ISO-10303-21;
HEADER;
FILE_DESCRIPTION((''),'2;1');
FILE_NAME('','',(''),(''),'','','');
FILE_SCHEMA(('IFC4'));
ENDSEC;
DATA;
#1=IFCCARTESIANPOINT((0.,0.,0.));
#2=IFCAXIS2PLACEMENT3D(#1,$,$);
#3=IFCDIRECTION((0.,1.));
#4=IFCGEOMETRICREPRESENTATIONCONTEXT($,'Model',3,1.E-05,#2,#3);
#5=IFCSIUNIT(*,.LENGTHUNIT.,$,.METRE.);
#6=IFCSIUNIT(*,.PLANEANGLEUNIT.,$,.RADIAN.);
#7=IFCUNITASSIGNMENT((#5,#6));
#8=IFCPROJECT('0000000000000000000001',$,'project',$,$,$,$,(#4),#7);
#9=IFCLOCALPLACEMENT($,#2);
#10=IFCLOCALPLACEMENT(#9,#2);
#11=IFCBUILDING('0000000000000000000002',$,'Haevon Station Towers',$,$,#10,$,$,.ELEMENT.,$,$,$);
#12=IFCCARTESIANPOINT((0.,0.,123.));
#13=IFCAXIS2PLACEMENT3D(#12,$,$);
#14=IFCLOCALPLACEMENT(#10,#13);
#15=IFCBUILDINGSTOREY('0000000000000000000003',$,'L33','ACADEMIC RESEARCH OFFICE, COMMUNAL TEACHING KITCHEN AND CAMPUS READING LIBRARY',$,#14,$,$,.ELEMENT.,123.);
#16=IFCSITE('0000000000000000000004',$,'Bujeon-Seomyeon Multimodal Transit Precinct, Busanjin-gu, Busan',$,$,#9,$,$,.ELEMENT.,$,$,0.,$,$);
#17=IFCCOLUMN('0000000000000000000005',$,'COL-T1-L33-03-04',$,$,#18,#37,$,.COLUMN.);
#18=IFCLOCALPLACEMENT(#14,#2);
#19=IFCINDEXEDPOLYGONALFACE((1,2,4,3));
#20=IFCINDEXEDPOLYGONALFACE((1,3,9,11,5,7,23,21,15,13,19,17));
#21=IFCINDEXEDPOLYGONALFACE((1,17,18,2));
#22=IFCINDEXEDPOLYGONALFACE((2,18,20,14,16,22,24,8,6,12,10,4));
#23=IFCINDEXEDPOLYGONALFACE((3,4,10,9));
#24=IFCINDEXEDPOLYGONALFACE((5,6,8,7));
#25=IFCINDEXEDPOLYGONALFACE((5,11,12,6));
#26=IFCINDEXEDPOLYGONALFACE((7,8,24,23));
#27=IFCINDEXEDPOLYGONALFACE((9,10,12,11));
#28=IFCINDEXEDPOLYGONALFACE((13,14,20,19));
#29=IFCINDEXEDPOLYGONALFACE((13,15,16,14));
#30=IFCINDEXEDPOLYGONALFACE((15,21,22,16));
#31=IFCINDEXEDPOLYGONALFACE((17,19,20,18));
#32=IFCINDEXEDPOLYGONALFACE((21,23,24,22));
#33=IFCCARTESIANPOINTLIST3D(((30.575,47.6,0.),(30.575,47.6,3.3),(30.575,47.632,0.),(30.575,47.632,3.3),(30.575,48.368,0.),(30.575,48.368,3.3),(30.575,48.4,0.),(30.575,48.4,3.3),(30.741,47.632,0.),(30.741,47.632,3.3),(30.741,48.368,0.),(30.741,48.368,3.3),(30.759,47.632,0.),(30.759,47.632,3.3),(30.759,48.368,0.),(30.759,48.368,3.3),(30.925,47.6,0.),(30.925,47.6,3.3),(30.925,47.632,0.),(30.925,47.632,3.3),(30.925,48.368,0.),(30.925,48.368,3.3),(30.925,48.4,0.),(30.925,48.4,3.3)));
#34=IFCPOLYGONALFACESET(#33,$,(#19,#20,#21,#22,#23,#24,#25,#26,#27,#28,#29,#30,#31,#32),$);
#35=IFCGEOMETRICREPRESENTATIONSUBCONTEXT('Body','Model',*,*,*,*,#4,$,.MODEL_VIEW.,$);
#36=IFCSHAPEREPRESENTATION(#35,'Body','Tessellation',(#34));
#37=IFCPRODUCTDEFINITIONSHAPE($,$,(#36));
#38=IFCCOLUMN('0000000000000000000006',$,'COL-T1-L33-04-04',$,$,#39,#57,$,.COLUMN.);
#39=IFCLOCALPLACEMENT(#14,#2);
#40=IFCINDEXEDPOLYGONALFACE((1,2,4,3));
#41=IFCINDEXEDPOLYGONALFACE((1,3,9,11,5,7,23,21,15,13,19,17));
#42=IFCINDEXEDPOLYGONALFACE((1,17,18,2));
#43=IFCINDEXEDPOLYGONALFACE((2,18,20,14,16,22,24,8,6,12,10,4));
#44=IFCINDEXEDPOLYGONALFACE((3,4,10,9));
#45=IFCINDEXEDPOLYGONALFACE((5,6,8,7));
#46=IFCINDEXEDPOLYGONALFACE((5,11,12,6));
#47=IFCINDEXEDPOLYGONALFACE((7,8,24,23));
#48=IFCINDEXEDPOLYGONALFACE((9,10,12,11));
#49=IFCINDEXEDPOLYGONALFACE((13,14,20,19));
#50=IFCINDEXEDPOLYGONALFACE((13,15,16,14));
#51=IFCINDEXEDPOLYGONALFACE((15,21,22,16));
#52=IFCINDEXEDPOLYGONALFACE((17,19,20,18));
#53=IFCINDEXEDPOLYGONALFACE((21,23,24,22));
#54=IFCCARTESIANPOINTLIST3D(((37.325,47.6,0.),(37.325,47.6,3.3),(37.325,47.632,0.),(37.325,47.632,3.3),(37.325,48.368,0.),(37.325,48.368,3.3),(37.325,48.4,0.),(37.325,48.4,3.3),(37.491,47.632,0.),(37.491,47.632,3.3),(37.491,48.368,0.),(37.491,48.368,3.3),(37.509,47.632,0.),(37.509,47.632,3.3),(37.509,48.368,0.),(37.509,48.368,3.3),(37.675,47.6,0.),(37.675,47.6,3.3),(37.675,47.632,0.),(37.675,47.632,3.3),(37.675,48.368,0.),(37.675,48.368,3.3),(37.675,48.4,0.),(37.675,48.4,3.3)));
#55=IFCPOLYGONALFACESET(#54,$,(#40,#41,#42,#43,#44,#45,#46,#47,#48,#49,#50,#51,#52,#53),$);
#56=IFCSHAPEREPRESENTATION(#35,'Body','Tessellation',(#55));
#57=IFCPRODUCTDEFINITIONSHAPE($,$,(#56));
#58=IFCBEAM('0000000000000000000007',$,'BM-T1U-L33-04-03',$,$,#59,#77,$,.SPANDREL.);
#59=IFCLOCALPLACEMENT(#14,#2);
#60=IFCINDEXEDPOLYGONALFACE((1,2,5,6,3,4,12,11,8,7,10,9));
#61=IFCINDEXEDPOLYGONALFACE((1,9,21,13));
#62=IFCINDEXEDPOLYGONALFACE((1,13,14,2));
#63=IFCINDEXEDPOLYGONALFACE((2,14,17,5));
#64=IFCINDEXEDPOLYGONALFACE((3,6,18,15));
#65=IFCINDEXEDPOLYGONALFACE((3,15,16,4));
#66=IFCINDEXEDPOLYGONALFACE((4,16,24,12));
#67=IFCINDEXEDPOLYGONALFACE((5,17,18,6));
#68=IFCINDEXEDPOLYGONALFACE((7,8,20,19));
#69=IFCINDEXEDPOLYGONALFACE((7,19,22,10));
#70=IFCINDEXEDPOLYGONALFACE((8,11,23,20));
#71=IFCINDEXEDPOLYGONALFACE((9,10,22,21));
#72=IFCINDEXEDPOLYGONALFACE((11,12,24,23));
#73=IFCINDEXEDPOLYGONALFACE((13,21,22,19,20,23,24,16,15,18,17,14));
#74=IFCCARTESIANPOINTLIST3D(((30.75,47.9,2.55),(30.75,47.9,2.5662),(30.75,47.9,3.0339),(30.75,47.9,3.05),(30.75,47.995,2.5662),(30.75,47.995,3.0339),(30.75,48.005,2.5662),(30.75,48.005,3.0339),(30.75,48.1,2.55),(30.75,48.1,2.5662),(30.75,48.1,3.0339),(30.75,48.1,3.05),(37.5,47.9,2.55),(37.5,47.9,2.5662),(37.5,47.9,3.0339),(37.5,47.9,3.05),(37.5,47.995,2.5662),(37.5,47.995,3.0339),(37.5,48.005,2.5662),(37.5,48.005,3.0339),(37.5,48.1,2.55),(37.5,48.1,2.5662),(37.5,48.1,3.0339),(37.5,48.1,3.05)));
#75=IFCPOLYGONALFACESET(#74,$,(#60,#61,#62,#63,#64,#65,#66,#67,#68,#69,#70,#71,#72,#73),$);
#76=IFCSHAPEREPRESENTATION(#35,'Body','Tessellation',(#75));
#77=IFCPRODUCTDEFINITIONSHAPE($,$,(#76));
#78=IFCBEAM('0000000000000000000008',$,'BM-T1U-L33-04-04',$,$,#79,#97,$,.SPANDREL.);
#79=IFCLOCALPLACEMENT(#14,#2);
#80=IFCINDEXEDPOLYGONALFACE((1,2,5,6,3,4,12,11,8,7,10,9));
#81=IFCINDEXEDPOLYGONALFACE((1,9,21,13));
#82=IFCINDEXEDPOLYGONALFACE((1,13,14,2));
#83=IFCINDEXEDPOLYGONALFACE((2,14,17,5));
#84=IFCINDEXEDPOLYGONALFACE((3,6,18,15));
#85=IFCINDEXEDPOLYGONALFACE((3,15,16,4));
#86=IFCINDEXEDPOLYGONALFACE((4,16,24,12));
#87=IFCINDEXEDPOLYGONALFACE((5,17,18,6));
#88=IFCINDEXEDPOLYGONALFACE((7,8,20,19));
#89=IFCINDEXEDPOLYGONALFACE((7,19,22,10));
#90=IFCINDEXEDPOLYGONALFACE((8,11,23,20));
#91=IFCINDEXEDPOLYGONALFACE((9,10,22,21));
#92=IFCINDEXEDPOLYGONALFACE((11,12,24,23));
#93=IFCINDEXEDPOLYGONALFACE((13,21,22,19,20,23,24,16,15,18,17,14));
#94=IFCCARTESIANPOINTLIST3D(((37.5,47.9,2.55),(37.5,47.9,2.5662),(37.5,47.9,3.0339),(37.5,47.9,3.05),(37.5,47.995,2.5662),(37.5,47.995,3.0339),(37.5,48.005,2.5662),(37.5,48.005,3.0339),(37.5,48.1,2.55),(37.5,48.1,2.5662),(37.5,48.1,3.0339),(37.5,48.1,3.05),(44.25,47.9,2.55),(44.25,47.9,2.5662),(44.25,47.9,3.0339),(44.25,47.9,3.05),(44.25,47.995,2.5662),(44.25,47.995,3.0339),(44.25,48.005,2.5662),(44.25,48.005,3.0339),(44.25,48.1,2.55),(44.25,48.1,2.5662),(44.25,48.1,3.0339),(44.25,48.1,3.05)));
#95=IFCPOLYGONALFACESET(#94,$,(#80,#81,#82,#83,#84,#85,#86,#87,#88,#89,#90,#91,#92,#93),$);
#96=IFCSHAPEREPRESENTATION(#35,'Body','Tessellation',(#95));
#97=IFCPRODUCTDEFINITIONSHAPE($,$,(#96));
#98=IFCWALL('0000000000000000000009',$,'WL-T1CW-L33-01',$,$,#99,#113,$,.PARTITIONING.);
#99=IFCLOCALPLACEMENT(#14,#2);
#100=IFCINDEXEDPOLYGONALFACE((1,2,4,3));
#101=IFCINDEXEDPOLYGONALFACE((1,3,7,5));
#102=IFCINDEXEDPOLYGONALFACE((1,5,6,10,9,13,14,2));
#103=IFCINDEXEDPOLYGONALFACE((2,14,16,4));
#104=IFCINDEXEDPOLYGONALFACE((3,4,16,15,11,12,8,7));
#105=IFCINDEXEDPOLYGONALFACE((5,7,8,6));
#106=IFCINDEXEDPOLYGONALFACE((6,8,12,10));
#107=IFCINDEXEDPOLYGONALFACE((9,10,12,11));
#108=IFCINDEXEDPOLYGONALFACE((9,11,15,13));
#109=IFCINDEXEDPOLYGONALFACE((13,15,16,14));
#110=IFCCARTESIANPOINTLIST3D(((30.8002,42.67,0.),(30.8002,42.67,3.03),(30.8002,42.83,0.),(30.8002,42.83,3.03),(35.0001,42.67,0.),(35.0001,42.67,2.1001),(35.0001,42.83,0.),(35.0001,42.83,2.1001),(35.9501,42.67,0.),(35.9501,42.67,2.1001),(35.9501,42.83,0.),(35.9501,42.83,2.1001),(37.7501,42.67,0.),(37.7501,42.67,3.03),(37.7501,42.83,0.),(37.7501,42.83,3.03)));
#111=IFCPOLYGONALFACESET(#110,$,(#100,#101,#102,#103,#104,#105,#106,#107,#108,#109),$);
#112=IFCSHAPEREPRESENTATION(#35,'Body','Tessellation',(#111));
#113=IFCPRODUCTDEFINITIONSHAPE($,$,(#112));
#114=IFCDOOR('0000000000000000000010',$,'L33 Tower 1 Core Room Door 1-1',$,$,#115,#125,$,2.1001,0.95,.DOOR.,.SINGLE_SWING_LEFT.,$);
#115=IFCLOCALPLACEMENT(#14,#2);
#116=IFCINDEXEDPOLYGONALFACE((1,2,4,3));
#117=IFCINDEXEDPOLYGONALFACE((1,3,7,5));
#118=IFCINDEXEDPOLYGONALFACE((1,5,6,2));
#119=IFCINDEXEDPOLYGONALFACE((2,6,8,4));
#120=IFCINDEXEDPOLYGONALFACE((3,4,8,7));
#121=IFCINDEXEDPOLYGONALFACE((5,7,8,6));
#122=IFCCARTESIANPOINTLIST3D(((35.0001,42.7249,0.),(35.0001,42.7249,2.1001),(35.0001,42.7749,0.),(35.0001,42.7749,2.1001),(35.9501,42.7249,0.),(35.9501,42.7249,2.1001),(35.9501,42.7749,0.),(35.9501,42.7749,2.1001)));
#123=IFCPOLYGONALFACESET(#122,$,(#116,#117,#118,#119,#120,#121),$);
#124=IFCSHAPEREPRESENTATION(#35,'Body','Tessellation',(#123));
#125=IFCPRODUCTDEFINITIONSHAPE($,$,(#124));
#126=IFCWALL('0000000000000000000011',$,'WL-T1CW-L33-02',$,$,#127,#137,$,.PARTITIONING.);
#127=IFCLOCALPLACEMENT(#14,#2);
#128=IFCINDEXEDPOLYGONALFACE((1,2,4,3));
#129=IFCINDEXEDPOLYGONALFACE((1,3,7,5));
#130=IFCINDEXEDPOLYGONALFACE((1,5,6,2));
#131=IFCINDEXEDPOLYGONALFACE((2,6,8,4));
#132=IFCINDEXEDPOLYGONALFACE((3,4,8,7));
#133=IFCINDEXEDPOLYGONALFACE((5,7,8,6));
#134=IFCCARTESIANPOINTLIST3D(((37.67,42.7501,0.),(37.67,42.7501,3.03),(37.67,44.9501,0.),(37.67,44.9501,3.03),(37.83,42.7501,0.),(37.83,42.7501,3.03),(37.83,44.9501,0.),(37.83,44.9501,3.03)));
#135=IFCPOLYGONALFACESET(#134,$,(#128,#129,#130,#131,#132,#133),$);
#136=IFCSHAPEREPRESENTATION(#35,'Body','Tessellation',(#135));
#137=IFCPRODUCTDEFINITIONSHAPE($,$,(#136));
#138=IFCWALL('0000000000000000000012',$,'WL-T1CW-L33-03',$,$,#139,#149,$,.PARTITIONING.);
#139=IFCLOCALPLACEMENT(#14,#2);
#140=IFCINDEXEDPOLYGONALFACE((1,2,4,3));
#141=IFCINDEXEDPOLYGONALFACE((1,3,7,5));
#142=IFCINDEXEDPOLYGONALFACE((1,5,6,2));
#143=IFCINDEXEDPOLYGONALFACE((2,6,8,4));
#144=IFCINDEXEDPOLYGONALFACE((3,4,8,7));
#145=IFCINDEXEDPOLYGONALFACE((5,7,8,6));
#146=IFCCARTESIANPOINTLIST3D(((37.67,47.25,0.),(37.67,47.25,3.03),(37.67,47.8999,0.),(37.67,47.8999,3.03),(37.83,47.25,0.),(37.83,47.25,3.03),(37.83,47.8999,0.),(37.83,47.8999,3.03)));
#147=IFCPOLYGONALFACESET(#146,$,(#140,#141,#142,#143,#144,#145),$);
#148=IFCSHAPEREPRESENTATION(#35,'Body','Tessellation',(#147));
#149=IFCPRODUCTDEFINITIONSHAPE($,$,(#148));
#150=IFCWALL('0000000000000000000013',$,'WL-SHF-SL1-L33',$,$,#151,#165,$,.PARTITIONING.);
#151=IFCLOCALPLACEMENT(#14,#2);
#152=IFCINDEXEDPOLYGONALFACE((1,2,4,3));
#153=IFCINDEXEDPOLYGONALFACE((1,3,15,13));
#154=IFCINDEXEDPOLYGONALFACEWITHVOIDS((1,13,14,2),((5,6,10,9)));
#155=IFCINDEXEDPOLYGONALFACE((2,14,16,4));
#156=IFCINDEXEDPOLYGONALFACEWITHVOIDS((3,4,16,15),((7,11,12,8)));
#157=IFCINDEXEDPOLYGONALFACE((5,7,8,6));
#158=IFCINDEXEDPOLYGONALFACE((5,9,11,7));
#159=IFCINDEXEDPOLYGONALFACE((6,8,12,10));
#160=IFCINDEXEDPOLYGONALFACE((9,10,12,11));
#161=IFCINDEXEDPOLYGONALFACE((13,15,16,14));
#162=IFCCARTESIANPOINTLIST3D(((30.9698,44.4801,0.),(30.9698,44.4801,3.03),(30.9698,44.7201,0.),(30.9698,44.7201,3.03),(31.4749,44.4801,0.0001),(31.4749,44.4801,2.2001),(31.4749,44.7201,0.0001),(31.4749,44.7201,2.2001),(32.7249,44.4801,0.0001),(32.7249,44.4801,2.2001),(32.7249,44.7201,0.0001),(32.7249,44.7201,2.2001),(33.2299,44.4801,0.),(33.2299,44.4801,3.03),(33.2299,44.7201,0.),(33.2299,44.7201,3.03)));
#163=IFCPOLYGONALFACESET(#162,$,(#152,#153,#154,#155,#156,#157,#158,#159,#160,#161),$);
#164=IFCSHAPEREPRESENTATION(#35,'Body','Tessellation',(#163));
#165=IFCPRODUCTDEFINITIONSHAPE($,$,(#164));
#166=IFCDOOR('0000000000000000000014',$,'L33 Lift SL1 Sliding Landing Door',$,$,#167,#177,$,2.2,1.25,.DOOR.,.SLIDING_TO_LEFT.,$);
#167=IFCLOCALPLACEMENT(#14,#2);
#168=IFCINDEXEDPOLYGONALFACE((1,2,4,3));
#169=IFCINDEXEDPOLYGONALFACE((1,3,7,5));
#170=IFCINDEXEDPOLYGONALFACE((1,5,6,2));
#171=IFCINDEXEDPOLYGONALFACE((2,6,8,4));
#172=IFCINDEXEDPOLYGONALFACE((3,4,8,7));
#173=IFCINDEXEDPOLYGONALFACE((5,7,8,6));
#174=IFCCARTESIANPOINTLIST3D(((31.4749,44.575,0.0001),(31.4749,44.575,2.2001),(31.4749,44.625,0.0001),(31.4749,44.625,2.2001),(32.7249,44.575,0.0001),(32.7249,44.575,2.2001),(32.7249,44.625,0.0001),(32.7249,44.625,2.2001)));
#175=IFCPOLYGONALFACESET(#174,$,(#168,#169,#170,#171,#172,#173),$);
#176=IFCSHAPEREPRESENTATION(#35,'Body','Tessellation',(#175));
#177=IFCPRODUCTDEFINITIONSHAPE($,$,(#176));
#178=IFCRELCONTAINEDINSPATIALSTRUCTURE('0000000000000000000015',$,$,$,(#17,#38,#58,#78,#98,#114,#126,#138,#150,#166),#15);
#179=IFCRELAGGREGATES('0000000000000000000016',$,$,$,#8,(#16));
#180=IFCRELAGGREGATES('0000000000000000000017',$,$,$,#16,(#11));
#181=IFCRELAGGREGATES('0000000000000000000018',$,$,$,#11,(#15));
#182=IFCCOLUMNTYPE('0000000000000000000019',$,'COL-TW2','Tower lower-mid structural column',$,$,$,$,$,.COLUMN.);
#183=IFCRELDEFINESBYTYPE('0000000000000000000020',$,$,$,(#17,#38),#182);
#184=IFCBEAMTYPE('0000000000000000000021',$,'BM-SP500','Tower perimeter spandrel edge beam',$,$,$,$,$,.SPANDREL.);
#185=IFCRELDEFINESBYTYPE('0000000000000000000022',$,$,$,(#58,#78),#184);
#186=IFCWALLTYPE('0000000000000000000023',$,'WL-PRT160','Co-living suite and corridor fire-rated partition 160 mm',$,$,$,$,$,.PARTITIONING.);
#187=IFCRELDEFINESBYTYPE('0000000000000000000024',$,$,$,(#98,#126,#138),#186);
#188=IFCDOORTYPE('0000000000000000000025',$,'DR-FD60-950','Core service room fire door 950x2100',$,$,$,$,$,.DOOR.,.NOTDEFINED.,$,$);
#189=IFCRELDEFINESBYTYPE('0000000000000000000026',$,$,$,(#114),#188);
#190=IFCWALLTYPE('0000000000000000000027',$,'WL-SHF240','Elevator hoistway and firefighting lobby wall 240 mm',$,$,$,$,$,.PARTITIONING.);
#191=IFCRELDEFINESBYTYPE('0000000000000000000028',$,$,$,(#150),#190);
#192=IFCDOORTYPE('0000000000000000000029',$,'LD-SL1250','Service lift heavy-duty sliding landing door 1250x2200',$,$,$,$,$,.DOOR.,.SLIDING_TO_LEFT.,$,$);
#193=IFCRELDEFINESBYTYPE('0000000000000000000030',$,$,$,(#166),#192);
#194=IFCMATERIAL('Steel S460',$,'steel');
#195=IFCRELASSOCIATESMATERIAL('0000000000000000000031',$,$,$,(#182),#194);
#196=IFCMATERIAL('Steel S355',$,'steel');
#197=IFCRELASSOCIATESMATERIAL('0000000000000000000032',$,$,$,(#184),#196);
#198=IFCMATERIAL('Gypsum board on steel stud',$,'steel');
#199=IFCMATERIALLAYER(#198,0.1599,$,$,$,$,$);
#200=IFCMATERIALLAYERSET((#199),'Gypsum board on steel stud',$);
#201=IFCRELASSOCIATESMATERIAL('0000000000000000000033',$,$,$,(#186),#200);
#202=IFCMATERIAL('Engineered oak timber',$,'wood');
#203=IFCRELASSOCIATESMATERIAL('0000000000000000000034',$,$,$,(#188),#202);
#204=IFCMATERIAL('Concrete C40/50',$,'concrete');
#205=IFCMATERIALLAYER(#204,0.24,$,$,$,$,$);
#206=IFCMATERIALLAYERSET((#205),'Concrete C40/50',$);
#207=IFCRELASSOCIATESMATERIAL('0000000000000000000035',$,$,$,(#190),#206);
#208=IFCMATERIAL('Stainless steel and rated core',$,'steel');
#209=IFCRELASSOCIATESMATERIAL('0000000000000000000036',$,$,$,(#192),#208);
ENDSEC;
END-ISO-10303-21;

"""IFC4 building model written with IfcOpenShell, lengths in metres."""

from ifc_helpers import new_model, si_unit, direction, frame, frame_2d, origin, origin_2d, place, context, subcontext, project, spatial, rectangle, i_section, extrude, material, layer, layer_set, material_profile, profile_set, type_object, element, fill, save


model = new_model("IFC4")

# Units and contexts
model_context = context("Model", 3, precision=1e-05, world=origin(), true_north=direction((0.0, 1.0)))
body_context = subcontext(model_context, "Body", "Model", "MODEL_VIEW")
ifc_project = project(units=[si_unit("LENGTHUNIT", "METRE"), si_unit("PLANEANGLEUNIT", "RADIAN")], contexts=[model_context])

# Site, building, storey
site_placement = place(None, origin())
site = spatial("IfcSite", under=ifc_project, at=site_placement, Name="Bujeon-Seomyeon Multimodal Transit Precinct, Busanjin-gu, Busan", CompositionType="ELEMENT", RefElevation=0.0)
building_placement = place(site_placement, origin())
building = spatial("IfcBuilding", under=site, at=building_placement, Name="Haevon Station Towers", CompositionType="ELEMENT")
storey_placement = place(building_placement, frame((0.0, 0.0, 123.0)))
storey = spatial("IfcBuildingStorey", under=building, at=storey_placement, Name="L33", Description="ACADEMIC RESEARCH OFFICE, COMMUNAL TEACHING KITCHEN AND CAMPUS READING LIBRARY", CompositionType="ELEMENT", Elevation=123.0)

# Columns
ifc_material_1 = material(Name="Steel S460", Category="steel")
ifc_material_profile_1 = material_profile(ifc_material_1, i_section(OverallWidth=0.3501, OverallDepth=0.8, WebThickness=0.0181, FlangeThickness=0.032, at=origin_2d()), Name="H-800x350x18x32")
ifc_profile_set_1 = profile_set([ifc_material_profile_1], Name="Steel S460")
column_type = type_object("IfcColumnType", Name="COL-TW2", Description="Tower lower-mid structural column", PredefinedType="COLUMN", material=ifc_profile_set_1)
for number, where, z_axis, x_axis, name in (
    (1, (30.75, 48.0, 0.0), (0.0, 0.0, 1.0), (1.0, 0.0, 0.0), "COL-T1-L33-03-04"),
    (2, (37.5, 48.0, 0.0), (0.0, 0.0, 1.0), (1.0, 0.0, 0.0), "COL-T1-L33-04-04"),
):
    element("IfcColumn", number, at=place(storey_placement, frame(where, z_axis=z_axis, x_axis=x_axis)), inside=storey, type_object=column_type, Name=name, PredefinedType="COLUMN", context=body_context, shape_type="SweptSolid", body=[
        extrude(i_section(OverallWidth=0.3501, OverallDepth=0.8, WebThickness=0.0181, FlangeThickness=0.032, at=origin_2d()), origin(), (0.0, 0.0, 1.0), 3.3),
    ])

# Beams
ifc_material_2 = material(Name="Steel S355", Category="steel")
ifc_material_profile_2 = material_profile(ifc_material_2, i_section(OverallWidth=0.2, OverallDepth=0.5, WebThickness=0.01, FlangeThickness=0.0161, at=origin_2d()), Name="H-500x200x10x16")
ifc_profile_set_2 = profile_set([ifc_material_profile_2], Name="Steel S355")
beam_type = type_object("IfcBeamType", Name="BM-SP500", Description="Tower perimeter spandrel edge beam", PredefinedType="SPANDREL", material=ifc_profile_set_2)
for number, where, z_axis, x_axis, name in (
    (3, (30.75, 48.0, 2.8), (1.0, 0.0, 0.0), (0.0, 1.0, 0.0), "BM-T1U-L33-04-03"),
    (4, (37.5, 48.0, 2.8), (1.0, 0.0, 0.0), (0.0, 1.0, 0.0), "BM-T1U-L33-04-04"),
):
    element("IfcBeam", number, at=place(storey_placement, frame(where, z_axis=z_axis, x_axis=x_axis)), inside=storey, type_object=beam_type, Name=name, PredefinedType="SPANDREL", context=body_context, shape_type="SweptSolid", body=[
        extrude(i_section(OverallWidth=0.2, OverallDepth=0.5, WebThickness=0.01, FlangeThickness=0.0161, at=origin_2d()), origin(), (0.0, 0.0, 1.0), 6.75),
    ])

# Wall, opening, door
ifc_material_3 = material(Name="Gypsum board on steel stud", Category="steel")
ifc_layer_1 = layer(ifc_material_3, 0.1599)
ifc_layer_set_1 = layer_set([ifc_layer_1], Name="Gypsum board on steel stud")
wall_type_1 = type_object("IfcWallType", Name="WL-PRT160", Description="Co-living suite and corridor fire-rated partition 160 mm", PredefinedType="PARTITIONING", material=ifc_layer_set_1)
wall_1_placement = place(storey_placement, frame((30.8, 42.75, 0.0), z_axis=(0.0, 0.0, 1.0), x_axis=(1.0, 0.0, 0.0)))
wall_1 = element("IfcWall", 5, at=wall_1_placement, inside=storey, type_object=wall_type_1, Name="WL-T1CW-L33-01", PredefinedType="PARTITIONING", context=body_context, shape_type="SweptSolid", body=[
    extrude(rectangle(XDim=6.95, YDim=0.1599, at=frame_2d((3.4751, 0.0))), origin(), (0.0, 0.0, 1.0), 3.03),
])
opening_1_placement = place(wall_1_placement, frame((4.2, 0.0, 0.0)))
opening_1 = element("IfcOpeningElement", 6, at=opening_1_placement, cuts=wall_1, PredefinedType="OPENING", context=body_context, shape_type="SweptSolid", body=[
    extrude(rectangle(XDim=0.95, YDim=2.1001, at=frame_2d((0.4751, 1.05))), frame((0.0, 0.0898, 0.0), z_axis=(0.0, -1.0, 0.0), x_axis=(1.0, 0.0, 0.0)), (0.0, 0.0, 1.0), 0.1799),
])
ifc_material_4 = material(Name="Engineered oak timber", Category="wood")
door_type_1 = type_object("IfcDoorType", Name="DR-FD60-950", Description="Core service room fire door 950x2100", OperationType="NOTDEFINED", PredefinedType="DOOR", material=ifc_material_4)
door_1_placement = place(opening_1_placement, origin())
door_1 = element("IfcDoor", 7, at=door_1_placement, inside=storey, type_object=door_type_1, Name="L33 Tower 1 Core Room Door 1-1", OperationType="SINGLE_SWING_LEFT", OverallHeight=2.1001, OverallWidth=0.95, PredefinedType="DOOR", context=body_context, shape_type="SweptSolid", body=[
    extrude(rectangle(XDim=0.95, YDim=2.1001, at=frame_2d((0.4751, 1.05))), frame((0.0, 0.0249, 0.0), z_axis=(0.0, -1.0, 0.0), x_axis=(1.0, 0.0, 0.0)), (0.0, 0.0, 1.0), 0.05),
])
fill(opening_1, door_1)

# Walls
wall_2_placement = place(storey_placement, frame((37.75, 42.75, 0.0), z_axis=(0.0, 0.0, 1.0), x_axis=(0.0, 1.0, 0.0)))
element("IfcWall", 8, at=wall_2_placement, inside=storey, type_object=wall_type_1, Name="WL-T1CW-L33-02", PredefinedType="PARTITIONING", context=body_context, shape_type="SweptSolid", body=[
    extrude(rectangle(XDim=2.2, YDim=0.1599, at=frame_2d((1.1001, 0.0))), origin(), (0.0, 0.0, 1.0), 3.03),
])
wall_3_placement = place(storey_placement, frame((37.75, 47.25, 0.0), z_axis=(0.0, 0.0, 1.0), x_axis=(0.0, 1.0, 0.0)))
element("IfcWall", 9, at=wall_3_placement, inside=storey, type_object=wall_type_1, Name="WL-T1CW-L33-03", PredefinedType="PARTITIONING", context=body_context, shape_type="SweptSolid", body=[
    extrude(rectangle(XDim=0.6499, YDim=0.1599, at=frame_2d((0.325, 0.0))), origin(), (0.0, 0.0, 1.0), 3.03),
])

# Wall, opening, door
ifc_material_5 = material(Name="Concrete C40/50", Category="concrete")
ifc_layer_2 = layer(ifc_material_5, 0.24)
ifc_layer_set_2 = layer_set([ifc_layer_2], Name="Concrete C40/50")
wall_type_2 = type_object("IfcWallType", Name="WL-SHF240", Description="Elevator hoistway and firefighting lobby wall 240 mm", PredefinedType="PARTITIONING", material=ifc_layer_set_2)
wall_4_placement = place(storey_placement, frame((30.97, 44.6001, 0.0), z_axis=(0.0, 0.0, 1.0), x_axis=(1.0, 0.0, 0.0)))
wall_4 = element("IfcWall", 10, at=wall_4_placement, inside=storey, type_object=wall_type_2, Name="WL-SHF-SL1-L33", PredefinedType="PARTITIONING", context=body_context, shape_type="SweptSolid", body=[
    extrude(rectangle(XDim=2.26, YDim=0.24, at=frame_2d((1.1299, 0.0))), origin(), (0.0, 0.0, 1.0), 3.03),
])
opening_2_placement = place(wall_4_placement, frame((0.5049, 0.0, 0.0)))
opening_2 = element("IfcOpeningElement", 11, at=opening_2_placement, cuts=wall_4, PredefinedType="OPENING", context=body_context, shape_type="SweptSolid", body=[
    extrude(rectangle(XDim=1.25, YDim=2.2, at=frame_2d((0.625, 1.1001))), frame((0.0, 0.1299, 0.0), z_axis=(0.0, -1.0, 0.0), x_axis=(1.0, 0.0, 0.0)), (0.0, 0.0, 1.0), 0.26),
])
ifc_material_6 = material(Name="Stainless steel and rated core", Category="steel")
door_type_2 = type_object("IfcDoorType", Name="LD-SL1250", Description="Service lift heavy-duty sliding landing door 1250x2200", OperationType="SLIDING_TO_LEFT", PredefinedType="DOOR", material=ifc_material_6)
door_2_placement = place(opening_2_placement, origin())
door_2 = element("IfcDoor", 12, at=door_2_placement, inside=storey, type_object=door_type_2, Name="L33 Lift SL1 Sliding Landing Door", OperationType="SLIDING_TO_LEFT", OverallHeight=2.2, OverallWidth=1.25, PredefinedType="DOOR", context=body_context, shape_type="SweptSolid", body=[
    extrude(rectangle(XDim=1.25, YDim=2.2, at=frame_2d((0.625, 1.1001))), frame((0.0, 0.0249, 0.0), z_axis=(0.0, -1.0, 0.0), x_axis=(1.0, 0.0, 0.0)), (0.0, 0.0, 1.0), 0.05),
])
fill(opening_2, door_2)

save(model, "model.ifc")
